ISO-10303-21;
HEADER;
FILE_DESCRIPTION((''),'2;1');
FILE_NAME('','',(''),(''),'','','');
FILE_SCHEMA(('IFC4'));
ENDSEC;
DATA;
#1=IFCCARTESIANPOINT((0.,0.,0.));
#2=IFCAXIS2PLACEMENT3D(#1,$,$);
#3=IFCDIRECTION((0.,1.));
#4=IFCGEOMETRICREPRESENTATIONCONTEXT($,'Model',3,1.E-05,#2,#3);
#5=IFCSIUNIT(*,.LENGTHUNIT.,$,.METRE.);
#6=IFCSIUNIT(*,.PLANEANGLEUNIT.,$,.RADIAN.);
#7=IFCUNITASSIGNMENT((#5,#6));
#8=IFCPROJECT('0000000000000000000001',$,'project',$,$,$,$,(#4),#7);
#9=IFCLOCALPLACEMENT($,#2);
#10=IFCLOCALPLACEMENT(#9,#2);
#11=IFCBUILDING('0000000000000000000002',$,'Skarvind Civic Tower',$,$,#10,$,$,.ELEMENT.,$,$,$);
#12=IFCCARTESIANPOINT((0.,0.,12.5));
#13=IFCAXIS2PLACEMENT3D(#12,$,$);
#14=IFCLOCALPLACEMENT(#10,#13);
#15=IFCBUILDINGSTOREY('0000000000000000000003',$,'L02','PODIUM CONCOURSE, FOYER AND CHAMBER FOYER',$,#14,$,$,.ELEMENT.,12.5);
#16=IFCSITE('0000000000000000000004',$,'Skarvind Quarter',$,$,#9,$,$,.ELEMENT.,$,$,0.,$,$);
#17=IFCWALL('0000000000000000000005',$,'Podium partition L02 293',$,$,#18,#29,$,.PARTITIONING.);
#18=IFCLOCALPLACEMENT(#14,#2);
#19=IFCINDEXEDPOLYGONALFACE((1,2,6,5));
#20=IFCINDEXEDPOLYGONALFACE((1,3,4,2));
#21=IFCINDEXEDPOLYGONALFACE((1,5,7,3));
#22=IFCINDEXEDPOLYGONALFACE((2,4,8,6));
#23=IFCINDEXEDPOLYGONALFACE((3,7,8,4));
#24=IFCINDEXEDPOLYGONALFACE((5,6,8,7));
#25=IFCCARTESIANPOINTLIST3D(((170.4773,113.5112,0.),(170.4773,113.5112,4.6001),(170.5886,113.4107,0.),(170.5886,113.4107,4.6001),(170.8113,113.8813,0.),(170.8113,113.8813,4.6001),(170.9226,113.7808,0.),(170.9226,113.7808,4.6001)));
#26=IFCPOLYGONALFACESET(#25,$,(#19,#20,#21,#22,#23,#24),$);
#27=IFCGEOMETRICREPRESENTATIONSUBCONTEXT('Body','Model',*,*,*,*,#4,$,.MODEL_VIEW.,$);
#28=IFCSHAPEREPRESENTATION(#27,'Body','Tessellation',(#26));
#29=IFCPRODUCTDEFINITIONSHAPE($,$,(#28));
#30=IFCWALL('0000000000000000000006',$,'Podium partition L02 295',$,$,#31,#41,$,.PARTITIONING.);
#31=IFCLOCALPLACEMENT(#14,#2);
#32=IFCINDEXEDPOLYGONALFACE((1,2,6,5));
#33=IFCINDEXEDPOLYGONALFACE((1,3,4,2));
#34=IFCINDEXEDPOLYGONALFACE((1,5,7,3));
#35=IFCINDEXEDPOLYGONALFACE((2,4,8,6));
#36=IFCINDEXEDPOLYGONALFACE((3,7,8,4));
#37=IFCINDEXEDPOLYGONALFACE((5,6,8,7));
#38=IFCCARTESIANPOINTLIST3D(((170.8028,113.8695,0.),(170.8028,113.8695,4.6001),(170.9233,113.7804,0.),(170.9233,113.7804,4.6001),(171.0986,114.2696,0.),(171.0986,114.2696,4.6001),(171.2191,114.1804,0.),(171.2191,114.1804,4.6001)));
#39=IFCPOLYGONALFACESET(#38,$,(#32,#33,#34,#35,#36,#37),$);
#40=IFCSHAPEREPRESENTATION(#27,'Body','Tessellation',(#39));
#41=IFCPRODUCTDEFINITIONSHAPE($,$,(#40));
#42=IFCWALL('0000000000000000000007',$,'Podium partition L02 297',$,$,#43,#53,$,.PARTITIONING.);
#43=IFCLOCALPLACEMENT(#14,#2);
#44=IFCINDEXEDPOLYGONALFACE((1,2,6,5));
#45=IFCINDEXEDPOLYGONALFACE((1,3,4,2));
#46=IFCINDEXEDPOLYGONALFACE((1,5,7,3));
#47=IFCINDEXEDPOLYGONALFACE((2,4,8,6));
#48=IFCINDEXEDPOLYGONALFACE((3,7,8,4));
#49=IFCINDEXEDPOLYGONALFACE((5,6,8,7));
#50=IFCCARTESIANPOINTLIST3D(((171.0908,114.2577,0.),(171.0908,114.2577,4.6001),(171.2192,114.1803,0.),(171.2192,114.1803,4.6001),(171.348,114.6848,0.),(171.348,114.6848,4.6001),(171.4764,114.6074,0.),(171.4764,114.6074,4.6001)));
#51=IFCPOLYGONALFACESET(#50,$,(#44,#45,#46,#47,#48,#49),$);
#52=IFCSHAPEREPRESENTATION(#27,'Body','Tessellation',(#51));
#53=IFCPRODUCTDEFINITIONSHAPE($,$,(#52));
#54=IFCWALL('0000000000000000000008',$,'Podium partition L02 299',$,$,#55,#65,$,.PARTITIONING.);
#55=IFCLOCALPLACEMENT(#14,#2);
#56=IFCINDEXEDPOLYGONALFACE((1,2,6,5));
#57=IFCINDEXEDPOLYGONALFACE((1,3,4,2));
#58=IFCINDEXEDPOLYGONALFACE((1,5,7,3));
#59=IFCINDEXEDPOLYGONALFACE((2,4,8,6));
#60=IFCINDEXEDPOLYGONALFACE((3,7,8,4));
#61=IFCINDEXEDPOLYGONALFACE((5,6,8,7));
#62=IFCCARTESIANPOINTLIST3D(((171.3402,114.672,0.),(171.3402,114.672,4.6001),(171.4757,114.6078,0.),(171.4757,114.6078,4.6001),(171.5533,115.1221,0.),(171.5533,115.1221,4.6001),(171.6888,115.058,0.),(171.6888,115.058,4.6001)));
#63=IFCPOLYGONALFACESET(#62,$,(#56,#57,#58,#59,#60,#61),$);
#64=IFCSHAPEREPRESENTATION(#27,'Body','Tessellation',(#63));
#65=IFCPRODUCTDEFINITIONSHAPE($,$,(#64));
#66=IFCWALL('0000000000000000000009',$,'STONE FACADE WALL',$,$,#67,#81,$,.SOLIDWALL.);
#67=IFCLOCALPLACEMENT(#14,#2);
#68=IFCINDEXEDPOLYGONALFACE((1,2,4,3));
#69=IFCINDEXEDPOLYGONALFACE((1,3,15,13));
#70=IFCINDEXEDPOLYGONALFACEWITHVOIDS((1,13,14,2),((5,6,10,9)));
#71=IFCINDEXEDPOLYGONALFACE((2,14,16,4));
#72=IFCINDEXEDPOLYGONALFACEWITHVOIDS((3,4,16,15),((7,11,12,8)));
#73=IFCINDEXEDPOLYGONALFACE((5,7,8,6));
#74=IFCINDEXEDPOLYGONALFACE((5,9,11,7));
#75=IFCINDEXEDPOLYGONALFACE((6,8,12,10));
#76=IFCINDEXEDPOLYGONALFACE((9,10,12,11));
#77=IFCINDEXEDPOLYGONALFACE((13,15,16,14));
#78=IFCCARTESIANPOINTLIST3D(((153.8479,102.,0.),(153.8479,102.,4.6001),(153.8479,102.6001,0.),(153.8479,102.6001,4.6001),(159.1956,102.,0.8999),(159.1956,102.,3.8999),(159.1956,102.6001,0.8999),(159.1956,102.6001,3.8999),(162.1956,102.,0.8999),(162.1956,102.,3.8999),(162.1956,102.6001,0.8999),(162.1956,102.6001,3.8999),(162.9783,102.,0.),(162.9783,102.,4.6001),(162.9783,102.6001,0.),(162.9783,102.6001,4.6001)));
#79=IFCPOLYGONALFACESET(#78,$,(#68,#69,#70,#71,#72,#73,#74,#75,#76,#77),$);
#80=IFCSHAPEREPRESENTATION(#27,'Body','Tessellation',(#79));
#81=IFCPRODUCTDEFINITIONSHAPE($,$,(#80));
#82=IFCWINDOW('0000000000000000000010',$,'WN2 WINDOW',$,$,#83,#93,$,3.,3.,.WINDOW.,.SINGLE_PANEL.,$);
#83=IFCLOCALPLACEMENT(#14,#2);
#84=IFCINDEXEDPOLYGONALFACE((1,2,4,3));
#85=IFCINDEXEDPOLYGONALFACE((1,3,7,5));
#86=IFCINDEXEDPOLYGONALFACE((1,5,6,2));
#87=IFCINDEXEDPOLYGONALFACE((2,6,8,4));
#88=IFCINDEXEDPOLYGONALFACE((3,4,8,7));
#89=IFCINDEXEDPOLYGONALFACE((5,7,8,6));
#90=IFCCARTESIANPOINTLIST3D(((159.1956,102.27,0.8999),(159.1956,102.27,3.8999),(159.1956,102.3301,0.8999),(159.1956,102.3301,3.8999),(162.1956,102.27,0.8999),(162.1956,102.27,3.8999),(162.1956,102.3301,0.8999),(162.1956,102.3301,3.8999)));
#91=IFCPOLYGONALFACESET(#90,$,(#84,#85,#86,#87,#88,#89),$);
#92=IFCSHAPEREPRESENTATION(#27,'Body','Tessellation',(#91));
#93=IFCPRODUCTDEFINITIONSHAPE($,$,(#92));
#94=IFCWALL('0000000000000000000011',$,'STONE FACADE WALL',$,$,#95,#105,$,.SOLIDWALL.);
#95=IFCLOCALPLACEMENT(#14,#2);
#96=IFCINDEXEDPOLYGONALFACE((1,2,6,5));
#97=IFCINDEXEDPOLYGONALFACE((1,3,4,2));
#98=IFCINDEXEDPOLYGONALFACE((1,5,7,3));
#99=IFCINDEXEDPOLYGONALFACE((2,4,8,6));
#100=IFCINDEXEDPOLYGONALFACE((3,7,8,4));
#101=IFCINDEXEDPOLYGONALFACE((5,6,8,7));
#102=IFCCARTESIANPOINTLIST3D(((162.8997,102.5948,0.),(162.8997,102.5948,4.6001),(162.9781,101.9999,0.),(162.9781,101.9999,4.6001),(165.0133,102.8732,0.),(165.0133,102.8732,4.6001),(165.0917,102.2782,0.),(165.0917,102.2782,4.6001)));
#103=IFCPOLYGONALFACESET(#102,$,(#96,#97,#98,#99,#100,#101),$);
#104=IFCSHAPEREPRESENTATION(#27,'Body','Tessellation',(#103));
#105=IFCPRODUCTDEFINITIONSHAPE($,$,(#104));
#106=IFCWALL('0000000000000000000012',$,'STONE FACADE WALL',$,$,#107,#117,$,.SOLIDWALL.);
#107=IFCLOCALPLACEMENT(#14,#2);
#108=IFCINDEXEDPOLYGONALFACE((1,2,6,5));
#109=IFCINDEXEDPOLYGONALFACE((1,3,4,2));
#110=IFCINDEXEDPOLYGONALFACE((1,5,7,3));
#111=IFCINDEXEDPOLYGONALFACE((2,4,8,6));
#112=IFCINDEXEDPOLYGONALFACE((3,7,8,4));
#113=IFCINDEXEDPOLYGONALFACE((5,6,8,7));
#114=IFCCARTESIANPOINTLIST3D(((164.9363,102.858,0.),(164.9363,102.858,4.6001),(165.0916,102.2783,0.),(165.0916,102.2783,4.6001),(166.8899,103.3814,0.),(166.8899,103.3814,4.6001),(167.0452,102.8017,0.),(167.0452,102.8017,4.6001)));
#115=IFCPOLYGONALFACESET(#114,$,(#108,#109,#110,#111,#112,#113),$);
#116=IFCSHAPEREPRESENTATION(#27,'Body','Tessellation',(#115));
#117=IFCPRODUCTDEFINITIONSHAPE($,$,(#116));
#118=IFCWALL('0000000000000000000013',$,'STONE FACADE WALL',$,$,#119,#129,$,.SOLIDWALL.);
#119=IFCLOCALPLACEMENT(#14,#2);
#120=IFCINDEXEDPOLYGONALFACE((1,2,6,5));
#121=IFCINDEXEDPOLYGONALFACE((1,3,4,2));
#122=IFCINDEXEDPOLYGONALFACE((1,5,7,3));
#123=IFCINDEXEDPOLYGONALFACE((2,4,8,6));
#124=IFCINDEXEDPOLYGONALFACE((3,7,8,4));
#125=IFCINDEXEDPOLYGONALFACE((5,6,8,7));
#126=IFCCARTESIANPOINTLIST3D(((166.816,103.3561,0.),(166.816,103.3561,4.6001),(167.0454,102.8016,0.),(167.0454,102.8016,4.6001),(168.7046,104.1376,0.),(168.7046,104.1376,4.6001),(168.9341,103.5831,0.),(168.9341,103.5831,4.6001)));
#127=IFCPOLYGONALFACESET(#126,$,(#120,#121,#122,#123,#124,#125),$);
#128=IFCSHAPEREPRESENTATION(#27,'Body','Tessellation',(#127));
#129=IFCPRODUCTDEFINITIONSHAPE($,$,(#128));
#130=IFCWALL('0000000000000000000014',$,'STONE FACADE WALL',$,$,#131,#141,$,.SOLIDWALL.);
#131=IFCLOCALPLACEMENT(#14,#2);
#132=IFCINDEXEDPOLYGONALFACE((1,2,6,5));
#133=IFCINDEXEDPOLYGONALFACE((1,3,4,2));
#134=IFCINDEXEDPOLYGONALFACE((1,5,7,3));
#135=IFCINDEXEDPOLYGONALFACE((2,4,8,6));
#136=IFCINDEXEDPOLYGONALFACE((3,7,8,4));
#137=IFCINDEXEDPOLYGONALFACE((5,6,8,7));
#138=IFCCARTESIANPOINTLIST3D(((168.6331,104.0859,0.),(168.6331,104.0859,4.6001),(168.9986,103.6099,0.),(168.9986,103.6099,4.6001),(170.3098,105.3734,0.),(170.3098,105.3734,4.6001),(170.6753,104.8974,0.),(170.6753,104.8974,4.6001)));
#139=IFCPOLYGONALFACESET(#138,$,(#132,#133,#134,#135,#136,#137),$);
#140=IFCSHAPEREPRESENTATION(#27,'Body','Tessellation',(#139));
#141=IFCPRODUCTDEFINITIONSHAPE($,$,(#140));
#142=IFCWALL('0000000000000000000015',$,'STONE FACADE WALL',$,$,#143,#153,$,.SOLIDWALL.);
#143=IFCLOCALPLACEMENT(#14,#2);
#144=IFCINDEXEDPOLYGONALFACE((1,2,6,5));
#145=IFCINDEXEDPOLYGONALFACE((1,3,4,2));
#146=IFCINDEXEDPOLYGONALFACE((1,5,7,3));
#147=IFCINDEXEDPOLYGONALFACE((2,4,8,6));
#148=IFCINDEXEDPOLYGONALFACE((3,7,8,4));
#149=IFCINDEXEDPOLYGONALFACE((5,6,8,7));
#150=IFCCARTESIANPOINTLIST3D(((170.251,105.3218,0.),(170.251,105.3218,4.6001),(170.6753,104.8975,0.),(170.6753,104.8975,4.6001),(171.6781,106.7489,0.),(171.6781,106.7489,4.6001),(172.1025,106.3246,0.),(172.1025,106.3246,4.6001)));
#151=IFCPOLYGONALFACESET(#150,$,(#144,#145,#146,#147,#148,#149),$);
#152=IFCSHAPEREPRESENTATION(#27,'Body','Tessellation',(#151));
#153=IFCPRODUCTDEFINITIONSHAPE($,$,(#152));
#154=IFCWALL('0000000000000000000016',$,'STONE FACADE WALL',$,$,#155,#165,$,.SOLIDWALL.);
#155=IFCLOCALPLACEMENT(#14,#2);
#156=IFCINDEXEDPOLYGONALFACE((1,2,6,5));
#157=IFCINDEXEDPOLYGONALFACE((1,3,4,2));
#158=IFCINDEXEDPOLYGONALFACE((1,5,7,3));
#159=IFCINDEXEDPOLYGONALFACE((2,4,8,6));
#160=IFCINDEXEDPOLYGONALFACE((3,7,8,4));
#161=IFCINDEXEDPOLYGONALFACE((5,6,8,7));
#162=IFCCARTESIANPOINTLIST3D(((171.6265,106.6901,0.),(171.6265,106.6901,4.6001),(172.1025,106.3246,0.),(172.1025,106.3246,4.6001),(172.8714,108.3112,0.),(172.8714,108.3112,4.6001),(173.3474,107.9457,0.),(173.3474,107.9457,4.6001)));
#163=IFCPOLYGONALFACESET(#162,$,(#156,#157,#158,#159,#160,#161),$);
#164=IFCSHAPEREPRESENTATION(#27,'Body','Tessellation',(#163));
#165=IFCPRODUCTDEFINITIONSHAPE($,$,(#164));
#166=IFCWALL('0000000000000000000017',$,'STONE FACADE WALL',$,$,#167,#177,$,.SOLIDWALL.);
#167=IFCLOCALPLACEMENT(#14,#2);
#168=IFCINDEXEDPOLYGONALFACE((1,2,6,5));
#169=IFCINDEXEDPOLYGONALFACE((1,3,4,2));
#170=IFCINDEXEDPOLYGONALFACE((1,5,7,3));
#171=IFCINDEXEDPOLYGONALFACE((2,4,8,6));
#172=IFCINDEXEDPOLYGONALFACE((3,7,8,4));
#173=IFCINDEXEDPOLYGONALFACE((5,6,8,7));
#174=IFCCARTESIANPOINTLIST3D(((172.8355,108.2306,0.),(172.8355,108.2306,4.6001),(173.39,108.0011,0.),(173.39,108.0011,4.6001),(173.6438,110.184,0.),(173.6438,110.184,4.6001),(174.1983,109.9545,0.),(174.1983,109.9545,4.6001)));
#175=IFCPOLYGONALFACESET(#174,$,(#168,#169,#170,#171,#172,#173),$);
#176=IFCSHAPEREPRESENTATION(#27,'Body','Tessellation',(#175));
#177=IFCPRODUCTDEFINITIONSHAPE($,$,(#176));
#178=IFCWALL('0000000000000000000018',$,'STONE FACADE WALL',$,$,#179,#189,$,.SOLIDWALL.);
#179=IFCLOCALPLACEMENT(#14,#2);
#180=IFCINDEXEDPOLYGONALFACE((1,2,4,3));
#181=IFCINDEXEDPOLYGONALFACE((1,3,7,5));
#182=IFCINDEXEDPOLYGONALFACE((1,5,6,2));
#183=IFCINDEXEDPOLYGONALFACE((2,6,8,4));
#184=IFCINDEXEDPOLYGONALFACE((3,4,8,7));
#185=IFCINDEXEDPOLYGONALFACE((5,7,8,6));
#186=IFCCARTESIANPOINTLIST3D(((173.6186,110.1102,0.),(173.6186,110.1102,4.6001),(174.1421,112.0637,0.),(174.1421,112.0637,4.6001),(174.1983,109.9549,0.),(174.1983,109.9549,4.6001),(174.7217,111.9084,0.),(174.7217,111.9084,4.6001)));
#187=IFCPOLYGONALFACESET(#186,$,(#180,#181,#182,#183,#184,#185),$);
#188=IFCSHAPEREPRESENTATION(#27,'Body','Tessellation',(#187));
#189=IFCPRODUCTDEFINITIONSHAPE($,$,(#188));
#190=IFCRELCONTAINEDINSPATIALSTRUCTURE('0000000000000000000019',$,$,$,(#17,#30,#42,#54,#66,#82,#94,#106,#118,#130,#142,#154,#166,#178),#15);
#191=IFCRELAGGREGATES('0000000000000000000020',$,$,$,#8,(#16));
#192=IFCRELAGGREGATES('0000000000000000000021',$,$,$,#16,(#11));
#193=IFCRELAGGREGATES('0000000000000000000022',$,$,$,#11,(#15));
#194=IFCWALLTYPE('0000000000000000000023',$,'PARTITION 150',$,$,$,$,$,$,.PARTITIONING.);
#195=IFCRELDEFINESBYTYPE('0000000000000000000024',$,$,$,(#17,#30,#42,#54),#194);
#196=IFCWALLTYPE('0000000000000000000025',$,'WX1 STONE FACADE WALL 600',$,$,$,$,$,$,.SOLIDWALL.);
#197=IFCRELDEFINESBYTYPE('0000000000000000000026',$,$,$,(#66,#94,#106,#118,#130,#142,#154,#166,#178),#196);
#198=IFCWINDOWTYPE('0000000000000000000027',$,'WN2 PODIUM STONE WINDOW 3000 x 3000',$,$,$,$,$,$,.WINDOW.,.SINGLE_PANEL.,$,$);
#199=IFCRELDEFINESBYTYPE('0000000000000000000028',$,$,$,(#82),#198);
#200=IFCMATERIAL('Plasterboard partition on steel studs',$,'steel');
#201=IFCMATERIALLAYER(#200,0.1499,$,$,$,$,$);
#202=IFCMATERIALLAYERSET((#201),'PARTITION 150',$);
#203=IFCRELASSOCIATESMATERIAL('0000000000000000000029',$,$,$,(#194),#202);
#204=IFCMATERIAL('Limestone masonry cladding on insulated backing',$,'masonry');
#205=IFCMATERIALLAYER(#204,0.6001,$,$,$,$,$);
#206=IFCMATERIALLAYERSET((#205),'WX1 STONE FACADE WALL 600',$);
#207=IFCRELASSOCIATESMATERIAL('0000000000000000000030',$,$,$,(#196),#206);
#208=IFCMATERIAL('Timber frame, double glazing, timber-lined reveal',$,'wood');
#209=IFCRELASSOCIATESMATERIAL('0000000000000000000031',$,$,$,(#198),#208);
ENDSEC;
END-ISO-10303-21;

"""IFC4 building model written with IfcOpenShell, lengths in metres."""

from ifc_helpers import new_model, si_unit, direction, frame, frame_2d, origin, place, context, subcontext, project, spatial, rectangle, extrude, material, layer, layer_set, type_object, element, fill, save


model = new_model("IFC4")

# Units and contexts
model_context = context("Model", 3, precision=1e-05, world=origin(), true_north=direction((0.0, 1.0)))
body_context = subcontext(model_context, "Body", "Model", "MODEL_VIEW")
ifc_project = project(units=[si_unit("LENGTHUNIT", "METRE"), si_unit("PLANEANGLEUNIT", "RADIAN")], contexts=[model_context])

# Site, building, storey
site_placement = place(None, origin())
site = spatial("IfcSite", under=ifc_project, at=site_placement, Name="Skarvind Quarter", CompositionType="ELEMENT", RefElevation=0.0)
building_placement = place(site_placement, origin())
building = spatial("IfcBuilding", under=site, at=building_placement, Name="Skarvind Civic Tower", CompositionType="ELEMENT")
storey_placement = place(building_placement, frame((0.0, 0.0, 12.5)))
storey = spatial("IfcBuildingStorey", under=building, at=storey_placement, Name="L02", Description="PODIUM CONCOURSE, FOYER AND CHAMBER FOYER", CompositionType="ELEMENT", Elevation=12.5)

# Shared definitions
ifc_material_1 = material(Name="Plasterboard partition on steel studs", Category="steel")
ifc_layer_1 = layer(ifc_material_1, 0.1499)
ifc_layer_set_1 = layer_set([ifc_layer_1], Name="PARTITION 150")
wall_type_1 = type_object("IfcWallType", Name="PARTITION 150", PredefinedType="PARTITIONING", material=ifc_layer_set_1)

# Walls
for number, where, z_axis, x_axis, name in (
    (1, (170.533, 113.4609, 0.0), (0.0, 0.0, 1.0), (0.669938, 0.742417, 0.0), "Podium partition L02 293"),
):
    element("IfcWall", number, at=place(storey_placement, frame(where, z_axis=z_axis, x_axis=x_axis)), inside=storey, type_object=wall_type_1, Name=name, PredefinedType="PARTITIONING", context=body_context, shape_type="SweptSolid", body=[
        extrude(rectangle(XDim=0.4985, YDim=0.1499, at=frame_2d((0.2493, 0.0))), origin(), (0.0, 0.0, 1.0), 4.6001),
    ])
wall_1_placement = place(storey_placement, frame((170.863, 113.825, 0.0), z_axis=(0.0, 0.0, 1.0), x_axis=(0.59457, 0.804044, 0.0)))
element("IfcWall", 2, at=wall_1_placement, inside=storey, type_object=wall_type_1, Name="Podium partition L02 295", PredefinedType="PARTITIONING", context=body_context, shape_type="SweptSolid", body=[
    extrude(rectangle(XDim=0.4976, YDim=0.1499, at=frame_2d((0.2488, 0.0))), origin(), (0.0, 0.0, 1.0), 4.6001),
])
wall_2_placement = place(storey_placement, frame((171.155, 114.219, 0.0), z_axis=(0.0, 0.0, 1.0), x_axis=(0.515792, 0.856714, 0.0)))
element("IfcWall", 3, at=wall_2_placement, inside=storey, type_object=wall_type_1, Name="Podium partition L02 297", PredefinedType="PARTITIONING", context=body_context, shape_type="SweptSolid", body=[
    extrude(rectangle(XDim=0.4985, YDim=0.1499, at=frame_2d((0.2493, 0.0))), origin(), (0.0, 0.0, 1.0), 4.6001),
])
wall_3_placement = place(storey_placement, frame((171.408, 114.6399, 0.0), z_axis=(0.0, 0.0, 1.0), x_axis=(0.427897, 0.903828, 0.0)))
element("IfcWall", 4, at=wall_3_placement, inside=storey, type_object=wall_type_1, Name="Podium partition L02 299", PredefinedType="PARTITIONING", context=body_context, shape_type="SweptSolid", body=[
    extrude(rectangle(XDim=0.498, YDim=0.1499, at=frame_2d((0.249, 0.0))), origin(), (0.0, 0.0, 1.0), 4.6001),
])

# Wall, opening, window
ifc_material_2 = material(Name="Limestone masonry cladding on insulated backing", Category="masonry")
ifc_layer_2 = layer(ifc_material_2, 0.6001)
ifc_layer_set_2 = layer_set([ifc_layer_2], Name="WX1 STONE FACADE WALL 600")
wall_type_2 = type_object("IfcWallType", Name="WX1 STONE FACADE WALL 600", PredefinedType="SOLIDWALL", material=ifc_layer_set_2)
wall_4_placement = place(storey_placement, frame((162.9783, 102.3, 0.0), z_axis=(0.0, 0.0, 1.0), x_axis=(-1.0, 0.0, 0.0)))
wall_4 = element("IfcWall", 5, at=wall_4_placement, inside=storey, type_object=wall_type_2, Name="STONE FACADE WALL", PredefinedType="SOLIDWALL", context=body_context, shape_type="SweptSolid", body=[
    extrude(rectangle(XDim=9.1304, YDim=0.6001, at=frame_2d((4.5652, 0.0))), origin(), (0.0, 0.0, 1.0), 4.6001),
])
opening_1_placement = place(wall_4_placement, frame((0.7827, 0.0, 0.8999)))
opening_1 = element("IfcOpeningElement", 6, at=opening_1_placement, cuts=wall_4, PredefinedType="OPENING", context=body_context, shape_type="SweptSolid", body=[
    extrude(rectangle(XDim=3.0, YDim=3.0, at=frame_2d((1.5, 1.5))), frame((0.0, 0.3101, 0.0), z_axis=(0.0, -1.0, 0.0), x_axis=(1.0, 0.0, 0.0)), (0.0, 0.0, 1.0), 0.6201),
])
ifc_material_3 = material(Name="Timber frame, double glazing, timber-lined reveal", Category="wood")
window_type = type_object("IfcWindowType", Name="WN2 PODIUM STONE WINDOW 3000 x 3000", PartitioningType="SINGLE_PANEL", PredefinedType="WINDOW", material=ifc_material_3)
window_placement = place(opening_1_placement, origin())
window = element("IfcWindow", 7, at=window_placement, inside=storey, type_object=window_type, Name="WN2 WINDOW", OverallHeight=3.0, OverallWidth=3.0, PartitioningType="SINGLE_PANEL", PredefinedType="WINDOW", context=body_context, shape_type="SweptSolid", body=[
    extrude(rectangle(XDim=3.0, YDim=3.0, at=frame_2d((1.5, 1.5))), frame((0.0, 0.03, 0.0), z_axis=(0.0, -1.0, 0.0), x_axis=(1.0, 0.0, 0.0)), (0.0, 0.0, 1.0), 0.0601),
])
fill(opening_1, window)

# Walls
wall_5_placement = place(storey_placement, frame((165.0525, 102.5757, 0.0), z_axis=(0.0, 0.0, 1.0), x_axis=(-0.991441, -0.130558, 0.0)))
element("IfcWall", 8, at=wall_5_placement, inside=storey, type_object=wall_type_2, Name="STONE FACADE WALL", PredefinedType="SOLIDWALL", context=body_context, shape_type="SweptSolid", body=[
    extrude(rectangle(XDim=2.1318, YDim=0.6001, at=frame_2d((1.0659, 0.0))), origin(), (0.0, 0.0, 1.0), 4.6001),
])
wall_6_placement = place(storey_placement, frame((166.9675, 103.0916, 0.0), z_axis=(0.0, 0.0, 1.0), x_axis=(-0.96593, -0.258804, 0.0)))
element("IfcWall", 9, at=wall_6_placement, inside=storey, type_object=wall_type_2, Name="STONE FACADE WALL", PredefinedType="SOLIDWALL", context=body_context, shape_type="SweptSolid", body=[
    extrude(rectangle(XDim=2.0225, YDim=0.6001, at=frame_2d((1.0112, 0.0))), origin(), (0.0, 0.0, 1.0), 4.6001),
])
wall_7_placement = place(storey_placement, frame((168.8193, 103.8604, 0.0), z_axis=(0.0, 0.0, 1.0), x_axis=(-0.924021, -0.382341, 0.0)))
element("IfcWall", 10, at=wall_7_placement, inside=storey, type_object=wall_type_2, Name="STONE FACADE WALL", PredefinedType="SOLIDWALL", context=body_context, shape_type="SweptSolid", body=[
    extrude(rectangle(XDim=2.0439, YDim=0.6001, at=frame_2d((1.022, 0.0))), origin(), (0.0, 0.0, 1.0), 4.6001),
])
wall_8_placement = place(storey_placement, frame((170.4927, 105.1355, 0.0), z_axis=(0.0, 0.0, 1.0), x_axis=(-0.79313, -0.609052, 0.0)))
element("IfcWall", 11, at=wall_8_placement, inside=storey, type_object=wall_type_2, Name="STONE FACADE WALL", PredefinedType="SOLIDWALL", context=body_context, shape_type="SweptSolid", body=[
    extrude(rectangle(XDim=2.114, YDim=0.6001, at=frame_2d((1.0571, 0.0))), origin(), (0.0, 0.0, 1.0), 4.6001),
])
wall_9_placement = place(storey_placement, frame((171.8904, 106.5369, 0.0), z_axis=(0.0, 0.0, 1.0), x_axis=(-0.707107, -0.707107, 0.0)))
element("IfcWall", 12, at=wall_9_placement, inside=storey, type_object=wall_type_2, Name="STONE FACADE WALL", PredefinedType="SOLIDWALL", context=body_context, shape_type="SweptSolid", body=[
    extrude(rectangle(XDim=2.0183, YDim=0.6001, at=frame_2d((1.0093, 0.0))), origin(), (0.0, 0.0, 1.0), 4.6001),
])
wall_10_placement = place(storey_placement, frame((173.1094, 108.1284, 0.0), z_axis=(0.0, 0.0, 1.0), x_axis=(-0.609058, -0.793125, 0.0)))
element("IfcWall", 13, at=wall_10_placement, inside=storey, type_object=wall_type_2, Name="STONE FACADE WALL", PredefinedType="SOLIDWALL", context=body_context, shape_type="SweptSolid", body=[
    extrude(rectangle(XDim=2.0439, YDim=0.6001, at=frame_2d((1.022, 0.0))), origin(), (0.0, 0.0, 1.0), 4.6001),
])
wall_11_placement = place(storey_placement, frame((173.9211, 110.0693, 0.0), z_axis=(0.0, 0.0, 1.0), x_axis=(-0.382376, -0.924007, 0.0)))
element("IfcWall", 14, at=wall_11_placement, inside=storey, type_object=wall_type_2, Name="STONE FACADE WALL", PredefinedType="SOLIDWALL", context=body_context, shape_type="SweptSolid", body=[
    extrude(rectangle(XDim=2.114, YDim=0.6001, at=frame_2d((1.0571, 0.0))), origin(), (0.0, 0.0, 1.0), 4.6001),
])
wall_12_placement = place(storey_placement, frame((174.4319, 111.9861, 0.0), z_axis=(0.0, 0.0, 1.0), x_axis=(-0.258804, -0.96593, 0.0)))
element("IfcWall", 15, at=wall_12_placement, inside=storey, type_object=wall_type_2, Name="STONE FACADE WALL", PredefinedType="SOLIDWALL", context=body_context, shape_type="SweptSolid", body=[
    extrude(rectangle(XDim=2.0225, YDim=0.6001, at=frame_2d((1.0112, 0.0))), origin(), (0.0, 0.0, 1.0), 4.6001),
])

save(model, "model.ifc")
